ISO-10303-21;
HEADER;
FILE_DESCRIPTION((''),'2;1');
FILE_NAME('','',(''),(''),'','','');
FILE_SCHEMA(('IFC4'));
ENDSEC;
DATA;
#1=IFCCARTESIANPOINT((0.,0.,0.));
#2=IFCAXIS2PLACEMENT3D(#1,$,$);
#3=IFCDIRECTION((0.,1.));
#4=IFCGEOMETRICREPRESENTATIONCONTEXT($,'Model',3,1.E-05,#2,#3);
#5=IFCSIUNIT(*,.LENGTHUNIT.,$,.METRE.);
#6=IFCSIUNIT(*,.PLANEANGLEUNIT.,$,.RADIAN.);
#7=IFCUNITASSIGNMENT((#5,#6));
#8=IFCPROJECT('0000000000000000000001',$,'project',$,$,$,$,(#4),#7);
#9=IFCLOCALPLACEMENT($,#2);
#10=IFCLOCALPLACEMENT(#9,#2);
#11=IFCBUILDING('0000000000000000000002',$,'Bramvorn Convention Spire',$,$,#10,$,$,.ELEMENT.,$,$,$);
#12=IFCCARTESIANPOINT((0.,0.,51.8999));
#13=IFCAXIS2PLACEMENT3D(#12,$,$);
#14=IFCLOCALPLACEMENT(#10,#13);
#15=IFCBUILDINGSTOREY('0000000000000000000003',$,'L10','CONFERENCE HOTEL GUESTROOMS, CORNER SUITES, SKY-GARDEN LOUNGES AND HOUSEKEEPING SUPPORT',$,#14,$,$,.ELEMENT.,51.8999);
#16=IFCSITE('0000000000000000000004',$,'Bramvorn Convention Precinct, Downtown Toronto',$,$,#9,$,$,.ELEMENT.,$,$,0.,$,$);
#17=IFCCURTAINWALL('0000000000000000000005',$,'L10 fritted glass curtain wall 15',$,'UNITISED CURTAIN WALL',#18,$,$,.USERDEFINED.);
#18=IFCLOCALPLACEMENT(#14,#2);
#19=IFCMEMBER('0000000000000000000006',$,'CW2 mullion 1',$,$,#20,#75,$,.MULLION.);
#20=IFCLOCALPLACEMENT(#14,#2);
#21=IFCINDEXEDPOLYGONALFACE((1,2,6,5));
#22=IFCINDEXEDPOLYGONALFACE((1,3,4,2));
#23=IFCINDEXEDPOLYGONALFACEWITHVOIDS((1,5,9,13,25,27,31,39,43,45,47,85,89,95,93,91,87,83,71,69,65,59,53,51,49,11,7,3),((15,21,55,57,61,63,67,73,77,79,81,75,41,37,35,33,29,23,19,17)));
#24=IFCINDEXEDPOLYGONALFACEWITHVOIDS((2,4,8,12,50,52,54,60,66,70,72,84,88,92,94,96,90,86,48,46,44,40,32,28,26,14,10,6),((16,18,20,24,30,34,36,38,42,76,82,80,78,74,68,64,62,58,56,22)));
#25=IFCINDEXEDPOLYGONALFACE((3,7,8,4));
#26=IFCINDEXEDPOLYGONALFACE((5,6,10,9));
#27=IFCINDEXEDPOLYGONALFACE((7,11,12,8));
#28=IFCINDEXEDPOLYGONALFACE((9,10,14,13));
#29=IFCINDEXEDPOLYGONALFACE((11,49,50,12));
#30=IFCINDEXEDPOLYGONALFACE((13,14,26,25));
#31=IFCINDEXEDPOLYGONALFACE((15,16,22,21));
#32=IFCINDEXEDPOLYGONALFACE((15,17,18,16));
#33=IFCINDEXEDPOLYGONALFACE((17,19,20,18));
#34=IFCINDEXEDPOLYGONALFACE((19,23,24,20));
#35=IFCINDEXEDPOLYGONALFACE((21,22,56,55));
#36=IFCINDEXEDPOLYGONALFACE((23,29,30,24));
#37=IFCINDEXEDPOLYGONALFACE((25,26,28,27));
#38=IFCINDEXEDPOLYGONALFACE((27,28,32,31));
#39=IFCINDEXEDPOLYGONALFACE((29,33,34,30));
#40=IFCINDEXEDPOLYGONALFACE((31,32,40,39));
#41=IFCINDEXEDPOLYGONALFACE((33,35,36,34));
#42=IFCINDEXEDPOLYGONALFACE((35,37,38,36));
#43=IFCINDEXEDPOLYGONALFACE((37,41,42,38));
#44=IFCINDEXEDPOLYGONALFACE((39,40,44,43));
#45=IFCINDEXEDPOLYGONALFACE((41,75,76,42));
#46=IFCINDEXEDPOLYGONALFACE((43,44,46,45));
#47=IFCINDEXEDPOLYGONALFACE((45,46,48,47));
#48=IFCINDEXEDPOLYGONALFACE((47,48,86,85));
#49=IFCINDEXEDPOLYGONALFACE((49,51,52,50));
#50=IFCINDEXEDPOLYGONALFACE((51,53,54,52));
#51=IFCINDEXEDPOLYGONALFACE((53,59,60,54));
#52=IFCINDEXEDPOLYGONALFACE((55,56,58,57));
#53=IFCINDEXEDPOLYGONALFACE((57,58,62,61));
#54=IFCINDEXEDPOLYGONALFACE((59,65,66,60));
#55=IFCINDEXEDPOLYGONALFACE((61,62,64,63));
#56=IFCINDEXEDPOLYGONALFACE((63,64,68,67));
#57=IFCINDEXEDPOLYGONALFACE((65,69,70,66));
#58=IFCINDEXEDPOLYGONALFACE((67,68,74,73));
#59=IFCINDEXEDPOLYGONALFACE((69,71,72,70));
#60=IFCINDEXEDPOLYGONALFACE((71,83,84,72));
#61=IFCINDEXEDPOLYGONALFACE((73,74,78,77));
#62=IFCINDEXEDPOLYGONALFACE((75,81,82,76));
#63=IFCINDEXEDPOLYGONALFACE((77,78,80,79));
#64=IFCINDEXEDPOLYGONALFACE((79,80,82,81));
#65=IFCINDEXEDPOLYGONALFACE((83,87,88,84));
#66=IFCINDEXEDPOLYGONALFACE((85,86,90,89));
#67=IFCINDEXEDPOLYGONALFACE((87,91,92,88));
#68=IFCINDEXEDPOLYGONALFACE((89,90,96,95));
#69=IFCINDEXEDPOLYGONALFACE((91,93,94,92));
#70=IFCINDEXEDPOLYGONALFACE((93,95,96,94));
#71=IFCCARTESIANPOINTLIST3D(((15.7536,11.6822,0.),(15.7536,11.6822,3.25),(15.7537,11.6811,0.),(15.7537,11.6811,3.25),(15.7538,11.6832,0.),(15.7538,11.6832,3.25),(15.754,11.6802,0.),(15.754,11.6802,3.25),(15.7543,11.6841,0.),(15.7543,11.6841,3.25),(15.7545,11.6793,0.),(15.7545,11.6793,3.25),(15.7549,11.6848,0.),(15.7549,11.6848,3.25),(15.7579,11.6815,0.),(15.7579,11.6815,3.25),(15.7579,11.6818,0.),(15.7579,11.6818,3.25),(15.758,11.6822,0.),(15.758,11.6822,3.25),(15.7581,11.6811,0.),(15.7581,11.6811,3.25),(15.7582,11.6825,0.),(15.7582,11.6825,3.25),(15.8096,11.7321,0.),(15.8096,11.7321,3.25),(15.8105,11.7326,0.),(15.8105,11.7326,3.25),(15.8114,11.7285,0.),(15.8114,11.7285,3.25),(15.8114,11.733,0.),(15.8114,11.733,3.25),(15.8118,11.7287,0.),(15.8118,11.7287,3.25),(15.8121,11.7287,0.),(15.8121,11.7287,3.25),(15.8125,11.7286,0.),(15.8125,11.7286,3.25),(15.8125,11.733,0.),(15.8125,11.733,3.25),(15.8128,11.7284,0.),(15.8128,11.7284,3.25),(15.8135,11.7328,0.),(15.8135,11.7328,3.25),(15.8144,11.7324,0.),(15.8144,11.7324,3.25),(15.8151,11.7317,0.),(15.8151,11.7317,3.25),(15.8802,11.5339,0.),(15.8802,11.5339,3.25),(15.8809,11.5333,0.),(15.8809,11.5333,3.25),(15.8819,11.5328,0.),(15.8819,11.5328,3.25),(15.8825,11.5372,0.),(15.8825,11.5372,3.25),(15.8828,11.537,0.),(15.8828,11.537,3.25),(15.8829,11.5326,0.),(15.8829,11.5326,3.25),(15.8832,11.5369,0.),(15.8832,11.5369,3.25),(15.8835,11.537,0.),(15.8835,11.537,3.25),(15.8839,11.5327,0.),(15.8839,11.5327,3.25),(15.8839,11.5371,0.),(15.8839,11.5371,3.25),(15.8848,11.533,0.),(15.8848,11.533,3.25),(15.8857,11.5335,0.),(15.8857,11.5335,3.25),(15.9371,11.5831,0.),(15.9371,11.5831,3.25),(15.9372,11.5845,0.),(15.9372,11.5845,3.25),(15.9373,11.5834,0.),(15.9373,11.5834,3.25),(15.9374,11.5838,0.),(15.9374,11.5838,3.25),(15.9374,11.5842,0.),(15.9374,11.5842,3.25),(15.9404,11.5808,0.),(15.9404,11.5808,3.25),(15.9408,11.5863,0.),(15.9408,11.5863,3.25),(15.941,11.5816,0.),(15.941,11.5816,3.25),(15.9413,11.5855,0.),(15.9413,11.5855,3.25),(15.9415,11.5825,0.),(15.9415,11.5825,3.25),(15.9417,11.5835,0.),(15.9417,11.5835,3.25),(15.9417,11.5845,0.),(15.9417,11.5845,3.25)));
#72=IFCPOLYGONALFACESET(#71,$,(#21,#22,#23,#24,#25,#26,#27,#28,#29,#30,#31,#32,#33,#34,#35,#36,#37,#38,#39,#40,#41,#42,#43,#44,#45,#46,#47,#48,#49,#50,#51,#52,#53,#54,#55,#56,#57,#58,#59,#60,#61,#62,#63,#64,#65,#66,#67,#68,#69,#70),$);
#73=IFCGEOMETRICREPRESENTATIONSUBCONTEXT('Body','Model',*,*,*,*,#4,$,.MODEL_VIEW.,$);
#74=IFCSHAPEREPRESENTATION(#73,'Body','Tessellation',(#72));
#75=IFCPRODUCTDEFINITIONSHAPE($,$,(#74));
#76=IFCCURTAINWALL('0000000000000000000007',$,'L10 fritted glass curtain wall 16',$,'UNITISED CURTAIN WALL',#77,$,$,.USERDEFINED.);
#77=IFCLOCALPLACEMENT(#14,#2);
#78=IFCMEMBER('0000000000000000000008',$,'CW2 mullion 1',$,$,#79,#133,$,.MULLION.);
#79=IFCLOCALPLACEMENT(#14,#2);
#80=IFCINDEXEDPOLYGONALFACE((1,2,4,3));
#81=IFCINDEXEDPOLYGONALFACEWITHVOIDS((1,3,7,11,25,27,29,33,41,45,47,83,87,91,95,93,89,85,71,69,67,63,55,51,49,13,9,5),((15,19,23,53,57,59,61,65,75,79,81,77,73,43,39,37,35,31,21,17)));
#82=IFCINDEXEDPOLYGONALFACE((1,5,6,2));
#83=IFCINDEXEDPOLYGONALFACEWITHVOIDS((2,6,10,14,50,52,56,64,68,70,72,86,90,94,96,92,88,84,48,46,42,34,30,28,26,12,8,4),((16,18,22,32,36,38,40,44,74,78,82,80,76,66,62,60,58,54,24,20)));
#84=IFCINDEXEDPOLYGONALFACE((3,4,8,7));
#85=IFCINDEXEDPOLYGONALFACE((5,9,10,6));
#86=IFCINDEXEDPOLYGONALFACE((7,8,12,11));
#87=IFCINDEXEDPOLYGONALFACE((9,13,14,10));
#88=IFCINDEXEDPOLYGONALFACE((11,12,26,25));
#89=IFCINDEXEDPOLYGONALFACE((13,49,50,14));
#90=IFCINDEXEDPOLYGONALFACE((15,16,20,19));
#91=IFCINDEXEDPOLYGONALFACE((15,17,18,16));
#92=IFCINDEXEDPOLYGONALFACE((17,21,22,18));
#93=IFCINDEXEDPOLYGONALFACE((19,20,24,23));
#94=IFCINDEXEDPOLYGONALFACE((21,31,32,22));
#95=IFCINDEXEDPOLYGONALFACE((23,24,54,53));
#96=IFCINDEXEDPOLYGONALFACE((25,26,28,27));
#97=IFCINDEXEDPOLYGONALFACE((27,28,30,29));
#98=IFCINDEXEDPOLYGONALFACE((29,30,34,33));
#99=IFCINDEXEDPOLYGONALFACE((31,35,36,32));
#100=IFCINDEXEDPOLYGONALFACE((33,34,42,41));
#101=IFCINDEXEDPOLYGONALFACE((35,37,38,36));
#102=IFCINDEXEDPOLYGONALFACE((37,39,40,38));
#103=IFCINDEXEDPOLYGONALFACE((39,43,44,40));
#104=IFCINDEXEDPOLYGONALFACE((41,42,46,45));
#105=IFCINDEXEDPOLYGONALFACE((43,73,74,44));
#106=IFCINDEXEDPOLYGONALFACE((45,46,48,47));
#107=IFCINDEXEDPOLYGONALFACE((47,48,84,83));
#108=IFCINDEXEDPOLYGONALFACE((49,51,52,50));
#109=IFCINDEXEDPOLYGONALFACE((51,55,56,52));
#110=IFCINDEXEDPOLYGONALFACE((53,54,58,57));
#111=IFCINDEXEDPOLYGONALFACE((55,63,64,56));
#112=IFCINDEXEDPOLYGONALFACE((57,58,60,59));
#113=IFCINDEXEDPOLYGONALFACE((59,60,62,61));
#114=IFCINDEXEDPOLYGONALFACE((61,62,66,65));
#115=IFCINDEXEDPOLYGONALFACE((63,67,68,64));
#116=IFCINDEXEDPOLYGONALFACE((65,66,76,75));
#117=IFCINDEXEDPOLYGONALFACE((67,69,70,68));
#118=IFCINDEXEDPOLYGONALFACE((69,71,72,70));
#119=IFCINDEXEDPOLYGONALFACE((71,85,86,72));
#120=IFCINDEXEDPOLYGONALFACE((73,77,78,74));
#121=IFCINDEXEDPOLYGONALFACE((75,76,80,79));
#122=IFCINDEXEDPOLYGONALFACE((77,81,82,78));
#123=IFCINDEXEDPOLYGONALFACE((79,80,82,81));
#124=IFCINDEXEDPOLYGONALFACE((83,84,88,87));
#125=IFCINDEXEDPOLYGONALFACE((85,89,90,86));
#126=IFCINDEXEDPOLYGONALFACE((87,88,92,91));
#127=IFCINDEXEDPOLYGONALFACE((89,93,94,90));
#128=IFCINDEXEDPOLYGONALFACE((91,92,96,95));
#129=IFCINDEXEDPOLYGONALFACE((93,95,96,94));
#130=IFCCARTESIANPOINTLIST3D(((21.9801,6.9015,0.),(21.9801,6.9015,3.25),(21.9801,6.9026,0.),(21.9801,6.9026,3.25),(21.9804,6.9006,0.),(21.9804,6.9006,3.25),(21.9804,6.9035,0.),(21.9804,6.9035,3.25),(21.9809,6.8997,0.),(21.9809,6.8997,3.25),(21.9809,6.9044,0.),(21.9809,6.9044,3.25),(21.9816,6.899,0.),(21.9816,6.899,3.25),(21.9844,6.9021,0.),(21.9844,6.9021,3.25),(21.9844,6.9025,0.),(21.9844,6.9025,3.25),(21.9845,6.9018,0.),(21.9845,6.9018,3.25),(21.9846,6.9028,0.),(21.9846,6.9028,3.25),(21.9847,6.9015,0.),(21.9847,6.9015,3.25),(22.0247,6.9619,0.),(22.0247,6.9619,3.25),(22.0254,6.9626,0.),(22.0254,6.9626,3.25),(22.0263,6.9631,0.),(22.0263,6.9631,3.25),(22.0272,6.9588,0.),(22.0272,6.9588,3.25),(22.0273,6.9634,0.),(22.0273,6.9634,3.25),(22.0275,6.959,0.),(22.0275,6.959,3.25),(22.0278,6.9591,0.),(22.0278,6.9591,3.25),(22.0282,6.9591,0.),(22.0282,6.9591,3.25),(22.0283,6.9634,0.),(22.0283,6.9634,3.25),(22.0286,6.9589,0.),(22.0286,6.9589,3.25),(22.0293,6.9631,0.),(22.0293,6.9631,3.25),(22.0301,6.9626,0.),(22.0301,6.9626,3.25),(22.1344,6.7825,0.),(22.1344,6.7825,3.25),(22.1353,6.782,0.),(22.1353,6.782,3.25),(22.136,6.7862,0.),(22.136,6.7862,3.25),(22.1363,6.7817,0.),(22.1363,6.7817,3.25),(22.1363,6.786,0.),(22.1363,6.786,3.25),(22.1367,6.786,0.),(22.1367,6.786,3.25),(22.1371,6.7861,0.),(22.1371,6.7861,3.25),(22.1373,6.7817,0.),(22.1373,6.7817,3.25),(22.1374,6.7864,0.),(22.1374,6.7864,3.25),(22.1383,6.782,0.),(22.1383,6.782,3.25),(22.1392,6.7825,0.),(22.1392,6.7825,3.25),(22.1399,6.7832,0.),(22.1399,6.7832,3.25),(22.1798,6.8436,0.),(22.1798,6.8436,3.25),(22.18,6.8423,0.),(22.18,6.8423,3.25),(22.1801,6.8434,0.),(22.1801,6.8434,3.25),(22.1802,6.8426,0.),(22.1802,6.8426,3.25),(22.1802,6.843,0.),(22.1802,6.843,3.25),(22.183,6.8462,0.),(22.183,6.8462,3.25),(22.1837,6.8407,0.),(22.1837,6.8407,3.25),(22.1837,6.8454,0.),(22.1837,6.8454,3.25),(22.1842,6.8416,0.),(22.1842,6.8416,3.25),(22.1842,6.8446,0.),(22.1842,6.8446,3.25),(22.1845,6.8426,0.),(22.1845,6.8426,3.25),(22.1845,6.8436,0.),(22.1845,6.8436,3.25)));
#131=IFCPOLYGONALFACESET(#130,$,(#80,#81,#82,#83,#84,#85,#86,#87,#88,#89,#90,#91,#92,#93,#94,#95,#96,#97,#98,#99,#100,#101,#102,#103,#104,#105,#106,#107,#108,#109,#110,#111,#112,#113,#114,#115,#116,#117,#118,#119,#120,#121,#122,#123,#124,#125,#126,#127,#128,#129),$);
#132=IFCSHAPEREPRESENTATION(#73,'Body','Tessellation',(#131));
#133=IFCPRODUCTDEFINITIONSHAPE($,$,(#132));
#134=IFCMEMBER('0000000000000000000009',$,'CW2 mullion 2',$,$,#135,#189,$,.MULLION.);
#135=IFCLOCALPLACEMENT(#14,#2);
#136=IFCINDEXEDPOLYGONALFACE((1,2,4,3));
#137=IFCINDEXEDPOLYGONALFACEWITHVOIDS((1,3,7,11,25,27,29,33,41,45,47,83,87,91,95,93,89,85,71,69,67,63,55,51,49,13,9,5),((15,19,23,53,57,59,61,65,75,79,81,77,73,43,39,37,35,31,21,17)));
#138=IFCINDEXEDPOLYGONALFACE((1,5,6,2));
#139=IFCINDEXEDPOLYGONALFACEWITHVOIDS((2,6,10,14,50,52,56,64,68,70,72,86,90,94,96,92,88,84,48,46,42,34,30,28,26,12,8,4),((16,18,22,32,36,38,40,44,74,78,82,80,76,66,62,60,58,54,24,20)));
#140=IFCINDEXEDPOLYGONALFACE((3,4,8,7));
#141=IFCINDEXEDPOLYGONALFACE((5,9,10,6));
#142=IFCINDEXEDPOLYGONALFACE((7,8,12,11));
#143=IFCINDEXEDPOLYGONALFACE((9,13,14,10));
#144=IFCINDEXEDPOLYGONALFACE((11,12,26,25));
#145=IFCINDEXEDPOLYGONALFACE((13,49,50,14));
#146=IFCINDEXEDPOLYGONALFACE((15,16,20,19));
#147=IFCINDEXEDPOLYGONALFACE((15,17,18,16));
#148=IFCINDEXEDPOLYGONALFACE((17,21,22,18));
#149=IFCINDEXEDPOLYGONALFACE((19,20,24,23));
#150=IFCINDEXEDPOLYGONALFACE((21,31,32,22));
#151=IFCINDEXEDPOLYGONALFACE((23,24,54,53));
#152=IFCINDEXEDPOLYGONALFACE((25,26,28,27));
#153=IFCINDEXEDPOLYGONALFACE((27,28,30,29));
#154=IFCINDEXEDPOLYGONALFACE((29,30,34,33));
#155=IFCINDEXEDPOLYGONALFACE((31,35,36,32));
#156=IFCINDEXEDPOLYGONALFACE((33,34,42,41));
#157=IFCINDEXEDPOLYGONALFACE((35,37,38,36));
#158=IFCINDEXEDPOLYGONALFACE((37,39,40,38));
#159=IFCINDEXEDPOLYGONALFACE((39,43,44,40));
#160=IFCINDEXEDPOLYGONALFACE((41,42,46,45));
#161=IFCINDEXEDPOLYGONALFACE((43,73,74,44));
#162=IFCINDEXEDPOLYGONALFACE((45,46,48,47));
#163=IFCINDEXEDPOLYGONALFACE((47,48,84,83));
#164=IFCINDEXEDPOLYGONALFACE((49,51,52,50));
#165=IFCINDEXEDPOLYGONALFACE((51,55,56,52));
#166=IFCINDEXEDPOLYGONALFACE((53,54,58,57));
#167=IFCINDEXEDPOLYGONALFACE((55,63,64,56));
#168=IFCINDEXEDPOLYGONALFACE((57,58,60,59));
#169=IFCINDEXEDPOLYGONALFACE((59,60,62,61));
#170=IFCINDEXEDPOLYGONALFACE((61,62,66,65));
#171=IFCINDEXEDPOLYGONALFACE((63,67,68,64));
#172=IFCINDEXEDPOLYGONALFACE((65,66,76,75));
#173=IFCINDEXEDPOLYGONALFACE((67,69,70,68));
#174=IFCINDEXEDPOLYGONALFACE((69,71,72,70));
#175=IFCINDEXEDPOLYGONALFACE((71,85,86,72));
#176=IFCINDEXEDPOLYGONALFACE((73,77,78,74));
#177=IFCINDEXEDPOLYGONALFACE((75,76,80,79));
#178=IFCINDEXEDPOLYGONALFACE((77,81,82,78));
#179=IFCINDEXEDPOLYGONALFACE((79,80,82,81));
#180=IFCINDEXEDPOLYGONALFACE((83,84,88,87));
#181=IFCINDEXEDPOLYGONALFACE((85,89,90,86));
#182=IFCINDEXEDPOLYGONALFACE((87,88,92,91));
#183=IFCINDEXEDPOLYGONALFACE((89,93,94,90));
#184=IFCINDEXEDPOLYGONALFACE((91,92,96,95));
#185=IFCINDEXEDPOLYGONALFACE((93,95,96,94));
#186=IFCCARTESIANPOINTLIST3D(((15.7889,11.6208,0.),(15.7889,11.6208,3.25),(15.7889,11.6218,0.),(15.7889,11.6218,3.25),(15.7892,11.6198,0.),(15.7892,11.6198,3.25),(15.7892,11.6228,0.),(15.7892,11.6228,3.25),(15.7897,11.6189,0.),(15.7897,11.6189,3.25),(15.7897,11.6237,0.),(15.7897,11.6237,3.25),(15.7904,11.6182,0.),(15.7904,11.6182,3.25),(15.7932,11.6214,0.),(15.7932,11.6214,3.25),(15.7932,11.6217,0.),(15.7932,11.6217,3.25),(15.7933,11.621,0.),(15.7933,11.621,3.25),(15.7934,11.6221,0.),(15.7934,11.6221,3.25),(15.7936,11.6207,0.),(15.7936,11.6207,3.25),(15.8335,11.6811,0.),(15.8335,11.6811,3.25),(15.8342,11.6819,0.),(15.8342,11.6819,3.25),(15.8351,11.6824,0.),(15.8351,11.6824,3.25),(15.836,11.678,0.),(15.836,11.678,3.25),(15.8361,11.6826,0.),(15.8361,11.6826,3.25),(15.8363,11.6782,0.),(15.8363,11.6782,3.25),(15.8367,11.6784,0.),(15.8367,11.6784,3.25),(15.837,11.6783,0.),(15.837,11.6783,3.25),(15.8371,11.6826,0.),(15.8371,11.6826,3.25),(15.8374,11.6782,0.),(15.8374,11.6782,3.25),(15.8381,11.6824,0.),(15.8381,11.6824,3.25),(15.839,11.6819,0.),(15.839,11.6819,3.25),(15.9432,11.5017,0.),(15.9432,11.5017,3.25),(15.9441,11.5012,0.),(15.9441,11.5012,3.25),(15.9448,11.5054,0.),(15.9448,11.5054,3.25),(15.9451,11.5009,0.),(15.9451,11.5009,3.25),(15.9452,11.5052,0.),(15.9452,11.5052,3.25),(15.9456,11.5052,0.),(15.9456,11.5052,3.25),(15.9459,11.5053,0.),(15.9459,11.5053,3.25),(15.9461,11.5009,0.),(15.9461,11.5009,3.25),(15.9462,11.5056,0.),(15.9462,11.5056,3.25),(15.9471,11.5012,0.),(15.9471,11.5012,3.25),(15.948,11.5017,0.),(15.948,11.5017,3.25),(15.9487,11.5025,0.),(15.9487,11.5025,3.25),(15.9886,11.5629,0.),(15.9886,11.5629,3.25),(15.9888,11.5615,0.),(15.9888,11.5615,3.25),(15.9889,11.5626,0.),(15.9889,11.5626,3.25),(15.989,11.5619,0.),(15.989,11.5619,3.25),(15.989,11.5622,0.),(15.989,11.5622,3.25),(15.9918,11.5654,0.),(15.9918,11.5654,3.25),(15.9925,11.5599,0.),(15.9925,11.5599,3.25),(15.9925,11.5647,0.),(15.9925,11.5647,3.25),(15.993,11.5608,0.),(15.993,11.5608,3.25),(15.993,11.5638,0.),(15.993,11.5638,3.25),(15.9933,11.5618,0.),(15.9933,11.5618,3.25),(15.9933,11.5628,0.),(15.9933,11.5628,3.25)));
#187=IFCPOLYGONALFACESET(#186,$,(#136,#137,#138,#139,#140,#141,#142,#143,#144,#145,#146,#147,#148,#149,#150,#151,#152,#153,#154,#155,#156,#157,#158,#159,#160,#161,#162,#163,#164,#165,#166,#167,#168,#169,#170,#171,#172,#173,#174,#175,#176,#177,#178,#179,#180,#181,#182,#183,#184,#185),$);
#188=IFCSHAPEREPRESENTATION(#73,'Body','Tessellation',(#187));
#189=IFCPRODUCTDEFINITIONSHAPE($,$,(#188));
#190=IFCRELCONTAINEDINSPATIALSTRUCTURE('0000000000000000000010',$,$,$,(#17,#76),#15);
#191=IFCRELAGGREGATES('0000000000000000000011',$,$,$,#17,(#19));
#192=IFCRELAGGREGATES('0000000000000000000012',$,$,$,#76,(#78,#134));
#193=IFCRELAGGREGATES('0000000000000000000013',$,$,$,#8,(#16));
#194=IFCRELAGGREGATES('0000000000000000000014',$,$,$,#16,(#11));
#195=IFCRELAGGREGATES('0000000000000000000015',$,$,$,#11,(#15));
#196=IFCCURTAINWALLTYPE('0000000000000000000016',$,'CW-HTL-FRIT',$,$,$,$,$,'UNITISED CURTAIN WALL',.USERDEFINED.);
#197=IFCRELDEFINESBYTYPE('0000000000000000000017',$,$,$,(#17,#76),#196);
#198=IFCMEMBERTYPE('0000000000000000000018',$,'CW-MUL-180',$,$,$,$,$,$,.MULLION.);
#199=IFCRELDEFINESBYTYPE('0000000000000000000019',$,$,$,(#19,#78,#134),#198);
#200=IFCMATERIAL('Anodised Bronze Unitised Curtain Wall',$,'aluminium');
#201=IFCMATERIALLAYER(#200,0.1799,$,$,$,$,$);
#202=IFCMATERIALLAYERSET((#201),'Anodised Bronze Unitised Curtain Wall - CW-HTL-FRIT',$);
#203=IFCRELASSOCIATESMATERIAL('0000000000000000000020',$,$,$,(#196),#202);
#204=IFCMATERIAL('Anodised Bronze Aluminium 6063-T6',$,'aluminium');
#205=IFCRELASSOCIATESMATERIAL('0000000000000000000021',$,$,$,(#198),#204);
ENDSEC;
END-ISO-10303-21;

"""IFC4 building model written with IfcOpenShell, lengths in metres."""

from ifc_helpers import new_model, si_unit, direction, frame, origin, origin_2d, place, context, subcontext, project, spatial, hollow_rectangle, extrude, material, layer, layer_set, material_profile, profile_set, type_object, element, aggregate, save


model = new_model("IFC4")

# Units and contexts
model_context = context("Model", 3, precision=1e-05, world=origin(), true_north=direction((0.0, 1.0)))
body_context = subcontext(model_context, "Body", "Model", "MODEL_VIEW")
ifc_project = project(units=[si_unit("LENGTHUNIT", "METRE"), si_unit("PLANEANGLEUNIT", "RADIAN")], contexts=[model_context])

# Site, building, storey
site_placement = place(None, origin())
site = spatial("IfcSite", under=ifc_project, at=site_placement, Name="Bramvorn Convention Precinct, Downtown Toronto", CompositionType="ELEMENT", RefElevation=0.0)
building_placement = place(site_placement, origin())
building = spatial("IfcBuilding", under=site, at=building_placement, Name="Bramvorn Convention Spire", CompositionType="ELEMENT")
storey_placement = place(building_placement, frame((0.0, 0.0, 51.8999)))
storey = spatial("IfcBuildingStorey", under=building, at=storey_placement, Name="L10", Description="CONFERENCE HOTEL GUESTROOMS, CORNER SUITES, SKY-GARDEN LOUNGES AND HOUSEKEEPING SUPPORT", CompositionType="ELEMENT", Elevation=51.8999)

# Curtain wall, member
ifc_material_1 = material(Name="Anodised Bronze Unitised Curtain Wall", Category="aluminium")
ifc_layer_1 = layer(ifc_material_1, 0.1799)
ifc_layer_set_1 = layer_set([ifc_layer_1], Name="Anodised Bronze Unitised Curtain Wall - CW-HTL-FRIT")
curtain_wall_type = type_object("IfcCurtainWallType", Name="CW-HTL-FRIT", ElementType="UNITISED CURTAIN WALL", PredefinedType="USERDEFINED", material=ifc_layer_set_1)
curtain_wall_1_placement = place(storey_placement, origin())
curtain_wall_1 = element("IfcCurtainWall", 1, at=curtain_wall_1_placement, inside=storey, type_object=curtain_wall_type, Name="L10 fritted glass curtain wall 15", ObjectType="UNITISED CURTAIN WALL", PredefinedType="USERDEFINED")
ifc_material_2 = material(Name="Anodised Bronze Aluminium 6063-T6", Category="aluminium")
ifc_material_profile_1 = material_profile(ifc_material_2, hollow_rectangle(XDim=0.0801, YDim=0.2, WallThickness=0.0039, InnerFilletRadius=0.001, OuterFilletRadius=0.0039, at=origin_2d()))
ifc_profile_set_1 = profile_set([ifc_material_profile_1], Name="Anodised Bronze Aluminium 6063-T6 - CWM80X200")
member_type_1 = type_object("IfcMemberType", Name="CW-MUL-180", PredefinedType="MULLION", material=ifc_profile_set_1)
member_1_placement = place(storey_placement, frame((15.8477, 11.6328, 0.0), z_axis=(0.0, 0.0, 1.0), x_axis=(-0.756579, -0.653902, 0.0)))
member_1 = element("IfcMember", 2, at=member_1_placement, type_object=member_type_1, Name="CW2 mullion 1", PredefinedType="MULLION", context=body_context, shape_type="SweptSolid", body=[
    extrude(hollow_rectangle(XDim=0.0801, YDim=0.2, WallThickness=0.0039, InnerFilletRadius=0.001, OuterFilletRadius=0.0039, at=origin_2d()), origin(), (0.0, 0.0, 1.0), 3.25),
])

# Curtain wall, members
curtain_wall_2_placement = place(storey_placement, origin())
curtain_wall_2 = element("IfcCurtainWall", 3, at=curtain_wall_2_placement, inside=storey, type_object=curtain_wall_type, Name="L10 fritted glass curtain wall 16", ObjectType="UNITISED CURTAIN WALL", PredefinedType="USERDEFINED")
member_2_placement = place(storey_placement, frame((22.0823, 6.8726, 0.0), z_axis=(0.0, 0.0, 1.0), x_axis=(-0.606227, -0.795292, 0.0)))
member_2 = element("IfcMember", 4, at=member_2_placement, type_object=member_type_1, Name="CW2 mullion 1", PredefinedType="MULLION", context=body_context, shape_type="SweptSolid", body=[
    extrude(hollow_rectangle(XDim=0.0801, YDim=0.2, WallThickness=0.0039, InnerFilletRadius=0.001, OuterFilletRadius=0.0039, at=origin_2d()), origin(), (0.0, 0.0, 1.0), 3.25),
])
member_3_placement = place(storey_placement, frame((15.8911, 11.5918, 0.0), z_axis=(0.0, 0.0, 1.0), x_axis=(-0.606227, -0.795292, 0.0)))
member_3 = element("IfcMember", 5, at=member_3_placement, type_object=member_type_1, Name="CW2 mullion 2", PredefinedType="MULLION", context=body_context, shape_type="SweptSolid", body=[
    extrude(hollow_rectangle(XDim=0.0801, YDim=0.2, WallThickness=0.0039, InnerFilletRadius=0.001, OuterFilletRadius=0.0039, at=origin_2d()), origin(), (0.0, 0.0, 1.0), 3.25),
])

aggregate(curtain_wall_1, [member_1])

aggregate(curtain_wall_2, [member_2, member_3])

save(model, "model.ifc")
